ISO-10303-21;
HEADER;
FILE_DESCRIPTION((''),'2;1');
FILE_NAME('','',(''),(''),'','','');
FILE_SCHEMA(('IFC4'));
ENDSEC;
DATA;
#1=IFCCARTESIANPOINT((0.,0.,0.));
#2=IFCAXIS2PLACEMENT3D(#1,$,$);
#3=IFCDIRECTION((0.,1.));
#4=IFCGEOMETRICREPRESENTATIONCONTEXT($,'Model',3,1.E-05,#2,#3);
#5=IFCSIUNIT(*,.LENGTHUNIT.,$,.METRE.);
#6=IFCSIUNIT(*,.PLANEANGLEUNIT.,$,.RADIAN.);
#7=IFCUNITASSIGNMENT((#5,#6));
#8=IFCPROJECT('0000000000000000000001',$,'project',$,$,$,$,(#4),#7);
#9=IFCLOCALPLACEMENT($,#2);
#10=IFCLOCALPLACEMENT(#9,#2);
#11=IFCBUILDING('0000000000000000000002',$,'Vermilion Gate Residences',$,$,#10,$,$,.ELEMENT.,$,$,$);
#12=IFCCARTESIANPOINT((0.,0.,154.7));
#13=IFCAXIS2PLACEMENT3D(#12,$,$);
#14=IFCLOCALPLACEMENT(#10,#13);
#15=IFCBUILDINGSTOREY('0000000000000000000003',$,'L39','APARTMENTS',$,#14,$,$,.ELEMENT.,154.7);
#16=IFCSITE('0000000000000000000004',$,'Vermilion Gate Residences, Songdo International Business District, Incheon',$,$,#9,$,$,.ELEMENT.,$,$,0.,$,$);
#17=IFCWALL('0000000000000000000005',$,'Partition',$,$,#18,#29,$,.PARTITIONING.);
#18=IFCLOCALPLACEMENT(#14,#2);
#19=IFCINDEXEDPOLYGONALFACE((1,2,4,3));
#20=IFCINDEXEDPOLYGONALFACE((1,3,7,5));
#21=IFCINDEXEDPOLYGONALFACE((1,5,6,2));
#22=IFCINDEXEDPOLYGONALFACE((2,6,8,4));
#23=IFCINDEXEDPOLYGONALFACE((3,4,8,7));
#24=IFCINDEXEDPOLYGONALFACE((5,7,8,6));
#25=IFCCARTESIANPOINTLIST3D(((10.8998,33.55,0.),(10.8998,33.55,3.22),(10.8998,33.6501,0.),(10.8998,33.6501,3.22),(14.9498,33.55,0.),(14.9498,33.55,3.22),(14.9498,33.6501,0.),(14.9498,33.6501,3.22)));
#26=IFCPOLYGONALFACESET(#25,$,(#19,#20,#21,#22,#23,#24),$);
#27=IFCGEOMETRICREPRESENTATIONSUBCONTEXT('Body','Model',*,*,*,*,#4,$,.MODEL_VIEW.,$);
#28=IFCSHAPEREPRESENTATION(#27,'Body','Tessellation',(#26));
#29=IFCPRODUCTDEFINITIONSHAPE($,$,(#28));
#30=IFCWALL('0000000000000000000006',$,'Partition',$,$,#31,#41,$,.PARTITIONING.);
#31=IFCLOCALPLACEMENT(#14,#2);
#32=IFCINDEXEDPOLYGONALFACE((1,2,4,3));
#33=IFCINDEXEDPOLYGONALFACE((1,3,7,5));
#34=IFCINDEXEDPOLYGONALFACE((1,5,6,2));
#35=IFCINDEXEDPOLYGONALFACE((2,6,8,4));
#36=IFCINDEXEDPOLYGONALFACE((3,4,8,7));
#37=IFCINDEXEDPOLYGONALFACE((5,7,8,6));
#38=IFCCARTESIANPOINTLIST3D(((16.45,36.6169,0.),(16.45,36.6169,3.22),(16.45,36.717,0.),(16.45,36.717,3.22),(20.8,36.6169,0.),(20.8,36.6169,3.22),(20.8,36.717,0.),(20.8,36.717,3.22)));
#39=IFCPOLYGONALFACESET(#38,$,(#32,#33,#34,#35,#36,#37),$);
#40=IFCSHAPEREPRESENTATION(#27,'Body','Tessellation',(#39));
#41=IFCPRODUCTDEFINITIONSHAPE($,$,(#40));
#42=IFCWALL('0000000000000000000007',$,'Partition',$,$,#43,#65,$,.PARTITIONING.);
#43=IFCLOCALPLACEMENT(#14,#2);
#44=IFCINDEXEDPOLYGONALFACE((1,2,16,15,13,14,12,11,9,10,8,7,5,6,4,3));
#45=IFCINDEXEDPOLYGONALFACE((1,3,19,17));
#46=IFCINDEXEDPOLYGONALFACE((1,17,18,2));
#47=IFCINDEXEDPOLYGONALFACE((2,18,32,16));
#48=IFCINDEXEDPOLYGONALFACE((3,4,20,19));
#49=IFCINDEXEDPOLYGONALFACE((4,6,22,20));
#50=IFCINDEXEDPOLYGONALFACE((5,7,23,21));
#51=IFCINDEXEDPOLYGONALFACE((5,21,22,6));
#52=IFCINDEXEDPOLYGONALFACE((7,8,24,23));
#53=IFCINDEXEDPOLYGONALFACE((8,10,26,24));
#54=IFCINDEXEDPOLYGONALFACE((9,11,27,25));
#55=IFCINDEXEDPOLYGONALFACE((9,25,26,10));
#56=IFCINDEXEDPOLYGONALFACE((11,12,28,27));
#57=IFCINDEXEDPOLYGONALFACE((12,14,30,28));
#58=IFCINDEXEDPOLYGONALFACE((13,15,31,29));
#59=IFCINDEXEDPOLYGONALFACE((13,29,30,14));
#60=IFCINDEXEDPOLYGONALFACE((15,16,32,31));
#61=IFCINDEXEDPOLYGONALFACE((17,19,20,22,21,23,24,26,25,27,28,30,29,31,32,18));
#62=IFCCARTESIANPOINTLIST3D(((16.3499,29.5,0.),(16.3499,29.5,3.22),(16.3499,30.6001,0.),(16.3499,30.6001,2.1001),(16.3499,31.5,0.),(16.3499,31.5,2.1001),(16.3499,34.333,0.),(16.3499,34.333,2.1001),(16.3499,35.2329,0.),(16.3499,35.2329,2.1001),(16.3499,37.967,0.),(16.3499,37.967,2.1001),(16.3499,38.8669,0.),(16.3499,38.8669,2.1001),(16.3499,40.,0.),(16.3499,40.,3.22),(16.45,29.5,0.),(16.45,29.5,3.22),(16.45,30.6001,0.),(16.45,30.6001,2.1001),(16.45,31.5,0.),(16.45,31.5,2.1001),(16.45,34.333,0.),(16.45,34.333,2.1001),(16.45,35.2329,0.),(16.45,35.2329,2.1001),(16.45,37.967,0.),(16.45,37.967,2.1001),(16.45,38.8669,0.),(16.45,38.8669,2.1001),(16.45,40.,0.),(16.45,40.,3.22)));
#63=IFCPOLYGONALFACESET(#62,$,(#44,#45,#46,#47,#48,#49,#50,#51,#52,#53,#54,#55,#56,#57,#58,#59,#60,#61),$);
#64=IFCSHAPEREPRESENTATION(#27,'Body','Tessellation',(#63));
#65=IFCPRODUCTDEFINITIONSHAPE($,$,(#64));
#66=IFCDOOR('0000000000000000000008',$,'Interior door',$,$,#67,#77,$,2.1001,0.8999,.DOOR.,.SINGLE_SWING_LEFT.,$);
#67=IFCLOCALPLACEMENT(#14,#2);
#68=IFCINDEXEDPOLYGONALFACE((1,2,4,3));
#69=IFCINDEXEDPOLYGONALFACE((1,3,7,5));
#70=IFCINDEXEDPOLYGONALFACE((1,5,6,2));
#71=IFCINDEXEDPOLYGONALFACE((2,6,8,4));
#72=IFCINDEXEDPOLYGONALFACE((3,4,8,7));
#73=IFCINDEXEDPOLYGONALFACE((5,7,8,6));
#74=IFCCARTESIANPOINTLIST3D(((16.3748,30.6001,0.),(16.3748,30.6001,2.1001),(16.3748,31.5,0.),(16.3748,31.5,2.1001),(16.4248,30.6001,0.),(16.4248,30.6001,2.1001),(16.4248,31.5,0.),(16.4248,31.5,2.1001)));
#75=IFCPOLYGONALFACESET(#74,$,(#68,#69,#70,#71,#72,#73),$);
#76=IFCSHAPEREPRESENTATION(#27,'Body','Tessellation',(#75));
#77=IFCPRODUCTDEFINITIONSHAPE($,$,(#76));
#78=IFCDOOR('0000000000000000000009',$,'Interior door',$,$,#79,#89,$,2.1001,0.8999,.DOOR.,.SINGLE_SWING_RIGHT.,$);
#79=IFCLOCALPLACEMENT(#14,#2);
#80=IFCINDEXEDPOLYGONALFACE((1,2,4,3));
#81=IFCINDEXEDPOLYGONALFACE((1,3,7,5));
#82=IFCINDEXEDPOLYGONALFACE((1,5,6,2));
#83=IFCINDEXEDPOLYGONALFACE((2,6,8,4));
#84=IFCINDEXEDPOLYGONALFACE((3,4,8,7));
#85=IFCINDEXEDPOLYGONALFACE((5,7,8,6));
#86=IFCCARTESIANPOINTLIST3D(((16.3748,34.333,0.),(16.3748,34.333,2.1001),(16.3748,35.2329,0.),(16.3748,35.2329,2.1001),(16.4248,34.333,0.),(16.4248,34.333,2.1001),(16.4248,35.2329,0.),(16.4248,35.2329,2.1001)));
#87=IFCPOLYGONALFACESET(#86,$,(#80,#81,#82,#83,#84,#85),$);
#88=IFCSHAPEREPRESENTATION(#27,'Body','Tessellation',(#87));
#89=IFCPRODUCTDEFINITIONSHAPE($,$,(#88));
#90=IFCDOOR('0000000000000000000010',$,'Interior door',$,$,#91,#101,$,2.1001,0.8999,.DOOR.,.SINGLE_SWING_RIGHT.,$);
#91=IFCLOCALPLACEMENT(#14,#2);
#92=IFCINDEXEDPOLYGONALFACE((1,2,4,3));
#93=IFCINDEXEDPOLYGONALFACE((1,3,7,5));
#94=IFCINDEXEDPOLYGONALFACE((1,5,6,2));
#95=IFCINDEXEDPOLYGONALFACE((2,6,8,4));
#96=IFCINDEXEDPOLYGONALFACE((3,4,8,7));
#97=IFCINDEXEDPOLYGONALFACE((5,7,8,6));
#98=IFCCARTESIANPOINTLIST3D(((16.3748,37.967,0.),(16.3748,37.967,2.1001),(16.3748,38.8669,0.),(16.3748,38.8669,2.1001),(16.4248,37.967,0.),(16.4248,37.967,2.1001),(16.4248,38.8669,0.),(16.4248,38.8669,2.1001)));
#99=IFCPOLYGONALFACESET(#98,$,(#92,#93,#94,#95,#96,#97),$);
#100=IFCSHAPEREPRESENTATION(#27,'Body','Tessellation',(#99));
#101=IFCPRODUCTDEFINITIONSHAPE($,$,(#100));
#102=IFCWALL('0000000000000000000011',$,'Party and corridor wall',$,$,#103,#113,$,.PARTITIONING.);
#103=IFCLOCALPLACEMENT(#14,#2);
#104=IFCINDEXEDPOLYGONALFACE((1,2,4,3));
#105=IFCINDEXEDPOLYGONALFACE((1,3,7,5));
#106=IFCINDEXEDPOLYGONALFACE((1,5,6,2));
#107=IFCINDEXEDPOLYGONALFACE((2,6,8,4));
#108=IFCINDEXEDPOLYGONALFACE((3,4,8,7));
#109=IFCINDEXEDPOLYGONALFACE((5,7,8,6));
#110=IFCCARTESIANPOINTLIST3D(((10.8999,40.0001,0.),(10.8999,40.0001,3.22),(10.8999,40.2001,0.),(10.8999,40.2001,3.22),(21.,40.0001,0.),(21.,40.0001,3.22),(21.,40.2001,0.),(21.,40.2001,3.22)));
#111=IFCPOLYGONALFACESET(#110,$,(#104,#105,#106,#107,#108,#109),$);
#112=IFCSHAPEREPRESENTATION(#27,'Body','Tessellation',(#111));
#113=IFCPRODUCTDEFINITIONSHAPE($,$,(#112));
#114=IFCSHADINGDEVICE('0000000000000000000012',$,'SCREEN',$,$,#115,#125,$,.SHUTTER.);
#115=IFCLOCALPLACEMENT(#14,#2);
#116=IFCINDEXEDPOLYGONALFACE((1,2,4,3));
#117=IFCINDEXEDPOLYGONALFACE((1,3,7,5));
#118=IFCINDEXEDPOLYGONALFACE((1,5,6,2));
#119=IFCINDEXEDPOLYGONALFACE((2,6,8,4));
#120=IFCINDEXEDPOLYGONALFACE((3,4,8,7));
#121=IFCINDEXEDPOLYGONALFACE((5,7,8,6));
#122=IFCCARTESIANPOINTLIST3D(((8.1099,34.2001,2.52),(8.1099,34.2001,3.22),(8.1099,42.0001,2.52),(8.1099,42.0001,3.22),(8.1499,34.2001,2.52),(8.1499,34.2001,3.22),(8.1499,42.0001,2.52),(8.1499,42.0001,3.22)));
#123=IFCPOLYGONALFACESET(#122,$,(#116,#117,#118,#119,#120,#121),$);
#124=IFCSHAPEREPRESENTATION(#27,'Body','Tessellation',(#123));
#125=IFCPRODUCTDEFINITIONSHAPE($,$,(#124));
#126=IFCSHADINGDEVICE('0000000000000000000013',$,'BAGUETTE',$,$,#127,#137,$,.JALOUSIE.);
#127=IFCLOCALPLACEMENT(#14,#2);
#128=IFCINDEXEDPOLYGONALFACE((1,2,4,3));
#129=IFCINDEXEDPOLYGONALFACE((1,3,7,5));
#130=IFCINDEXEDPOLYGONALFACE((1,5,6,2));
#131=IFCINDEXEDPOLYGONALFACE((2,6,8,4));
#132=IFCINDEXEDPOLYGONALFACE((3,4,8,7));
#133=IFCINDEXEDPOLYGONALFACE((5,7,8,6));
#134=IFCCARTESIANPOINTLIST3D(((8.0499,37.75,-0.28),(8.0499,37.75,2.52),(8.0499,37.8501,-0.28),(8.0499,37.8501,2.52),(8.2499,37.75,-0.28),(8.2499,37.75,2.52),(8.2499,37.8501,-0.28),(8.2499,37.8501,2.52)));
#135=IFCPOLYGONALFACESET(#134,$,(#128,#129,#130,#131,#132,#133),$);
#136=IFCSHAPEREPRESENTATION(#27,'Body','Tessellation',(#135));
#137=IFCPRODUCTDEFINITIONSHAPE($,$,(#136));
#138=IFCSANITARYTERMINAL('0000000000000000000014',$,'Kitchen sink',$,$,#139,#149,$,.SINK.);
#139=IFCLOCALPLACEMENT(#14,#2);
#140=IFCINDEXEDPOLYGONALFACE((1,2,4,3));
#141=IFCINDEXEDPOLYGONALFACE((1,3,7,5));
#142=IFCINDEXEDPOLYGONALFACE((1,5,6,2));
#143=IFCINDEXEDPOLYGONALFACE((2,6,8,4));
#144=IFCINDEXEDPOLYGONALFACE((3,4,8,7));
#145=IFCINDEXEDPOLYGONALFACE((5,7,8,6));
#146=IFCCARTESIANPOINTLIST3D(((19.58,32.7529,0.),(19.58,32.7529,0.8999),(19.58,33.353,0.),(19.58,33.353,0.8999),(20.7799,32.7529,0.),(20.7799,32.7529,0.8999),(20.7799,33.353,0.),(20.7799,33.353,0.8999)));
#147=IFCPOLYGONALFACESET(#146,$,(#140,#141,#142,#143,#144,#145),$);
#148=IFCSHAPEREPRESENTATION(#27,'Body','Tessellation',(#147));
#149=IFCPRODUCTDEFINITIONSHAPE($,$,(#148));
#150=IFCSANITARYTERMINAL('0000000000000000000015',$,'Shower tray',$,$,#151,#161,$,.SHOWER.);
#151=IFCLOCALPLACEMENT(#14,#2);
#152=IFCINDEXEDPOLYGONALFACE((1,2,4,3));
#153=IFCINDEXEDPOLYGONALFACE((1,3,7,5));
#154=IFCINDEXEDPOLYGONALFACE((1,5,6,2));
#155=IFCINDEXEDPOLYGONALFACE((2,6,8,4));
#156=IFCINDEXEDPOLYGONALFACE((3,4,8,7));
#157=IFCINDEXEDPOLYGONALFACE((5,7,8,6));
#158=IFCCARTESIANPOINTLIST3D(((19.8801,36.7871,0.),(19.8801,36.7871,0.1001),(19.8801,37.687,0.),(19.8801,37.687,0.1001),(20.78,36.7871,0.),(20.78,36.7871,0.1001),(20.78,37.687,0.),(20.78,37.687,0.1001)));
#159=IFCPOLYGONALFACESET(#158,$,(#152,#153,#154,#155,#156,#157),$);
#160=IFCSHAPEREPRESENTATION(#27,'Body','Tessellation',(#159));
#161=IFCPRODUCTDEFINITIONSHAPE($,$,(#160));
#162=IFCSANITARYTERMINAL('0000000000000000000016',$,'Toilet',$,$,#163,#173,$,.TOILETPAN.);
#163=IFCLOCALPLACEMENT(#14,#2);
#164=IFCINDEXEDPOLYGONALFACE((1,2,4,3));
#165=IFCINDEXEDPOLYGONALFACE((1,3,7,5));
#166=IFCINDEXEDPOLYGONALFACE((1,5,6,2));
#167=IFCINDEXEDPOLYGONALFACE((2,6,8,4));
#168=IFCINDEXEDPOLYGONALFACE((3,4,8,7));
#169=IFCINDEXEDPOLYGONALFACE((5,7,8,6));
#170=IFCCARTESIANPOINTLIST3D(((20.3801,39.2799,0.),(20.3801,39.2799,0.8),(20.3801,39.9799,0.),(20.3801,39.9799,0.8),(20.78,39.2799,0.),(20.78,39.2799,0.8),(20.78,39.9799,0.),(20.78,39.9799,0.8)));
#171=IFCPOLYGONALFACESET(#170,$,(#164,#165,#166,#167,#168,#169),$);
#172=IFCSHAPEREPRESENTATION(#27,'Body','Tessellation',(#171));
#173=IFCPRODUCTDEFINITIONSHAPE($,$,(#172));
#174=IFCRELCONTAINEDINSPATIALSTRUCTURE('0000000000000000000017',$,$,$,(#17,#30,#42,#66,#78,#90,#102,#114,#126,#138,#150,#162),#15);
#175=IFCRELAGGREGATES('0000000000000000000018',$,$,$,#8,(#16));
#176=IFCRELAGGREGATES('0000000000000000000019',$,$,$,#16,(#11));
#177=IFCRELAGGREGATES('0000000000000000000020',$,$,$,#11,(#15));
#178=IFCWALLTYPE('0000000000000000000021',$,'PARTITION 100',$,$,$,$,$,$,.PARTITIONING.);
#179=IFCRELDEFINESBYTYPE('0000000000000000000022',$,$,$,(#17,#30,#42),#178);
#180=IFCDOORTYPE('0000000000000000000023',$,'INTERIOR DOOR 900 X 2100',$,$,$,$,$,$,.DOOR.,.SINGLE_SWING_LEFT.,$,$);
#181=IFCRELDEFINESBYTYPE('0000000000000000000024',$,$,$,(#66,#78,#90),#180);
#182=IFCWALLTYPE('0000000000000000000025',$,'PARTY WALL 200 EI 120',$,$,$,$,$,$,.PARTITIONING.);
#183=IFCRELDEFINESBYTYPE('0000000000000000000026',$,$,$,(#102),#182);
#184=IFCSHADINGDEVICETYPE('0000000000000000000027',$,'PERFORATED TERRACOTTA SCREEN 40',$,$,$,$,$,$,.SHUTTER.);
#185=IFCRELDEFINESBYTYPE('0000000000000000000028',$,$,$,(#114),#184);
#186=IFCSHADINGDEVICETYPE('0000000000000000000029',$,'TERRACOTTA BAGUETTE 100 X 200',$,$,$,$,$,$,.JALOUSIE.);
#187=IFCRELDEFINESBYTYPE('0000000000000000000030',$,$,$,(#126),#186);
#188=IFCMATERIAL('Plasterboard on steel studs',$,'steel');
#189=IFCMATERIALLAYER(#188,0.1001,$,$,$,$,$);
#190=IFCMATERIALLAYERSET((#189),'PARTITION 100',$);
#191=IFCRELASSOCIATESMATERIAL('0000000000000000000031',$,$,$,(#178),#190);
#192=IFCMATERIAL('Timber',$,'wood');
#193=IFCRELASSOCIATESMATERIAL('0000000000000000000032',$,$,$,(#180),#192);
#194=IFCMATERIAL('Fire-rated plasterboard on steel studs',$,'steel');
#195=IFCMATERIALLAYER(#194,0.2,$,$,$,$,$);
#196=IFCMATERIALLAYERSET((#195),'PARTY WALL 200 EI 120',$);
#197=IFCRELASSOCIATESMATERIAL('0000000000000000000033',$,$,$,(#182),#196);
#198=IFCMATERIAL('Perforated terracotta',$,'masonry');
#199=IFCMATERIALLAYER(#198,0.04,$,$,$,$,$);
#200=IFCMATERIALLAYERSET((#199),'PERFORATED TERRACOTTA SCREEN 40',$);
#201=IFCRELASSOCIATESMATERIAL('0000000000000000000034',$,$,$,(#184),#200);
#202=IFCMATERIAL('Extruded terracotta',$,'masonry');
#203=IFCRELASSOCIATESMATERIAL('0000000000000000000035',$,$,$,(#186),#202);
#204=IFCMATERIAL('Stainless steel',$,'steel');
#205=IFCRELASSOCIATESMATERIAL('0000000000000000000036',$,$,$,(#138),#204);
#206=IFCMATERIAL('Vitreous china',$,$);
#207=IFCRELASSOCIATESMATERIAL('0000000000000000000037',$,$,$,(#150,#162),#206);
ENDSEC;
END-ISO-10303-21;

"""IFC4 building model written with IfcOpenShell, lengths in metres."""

from ifc_helpers import new_model, si_unit, direction, frame, frame_2d, origin, origin_2d, place, context, subcontext, project, spatial, rectangle, extrude, material, layer, layer_set, material_profile, profile_set, type_object, element, fill, save


model = new_model("IFC4")

# Units and contexts
model_context = context("Model", 3, precision=1e-05, world=origin(), true_north=direction((0.0, 1.0)))
body_context = subcontext(model_context, "Body", "Model", "MODEL_VIEW")
ifc_project = project(units=[si_unit("LENGTHUNIT", "METRE"), si_unit("PLANEANGLEUNIT", "RADIAN")], contexts=[model_context])

# Site, building, storey
site_placement = place(None, origin())
site = spatial("IfcSite", under=ifc_project, at=site_placement, Name="Vermilion Gate Residences, Songdo International Business District, Incheon", CompositionType="ELEMENT", RefElevation=0.0)
building_placement = place(site_placement, origin())
building = spatial("IfcBuilding", under=site, at=building_placement, Name="Vermilion Gate Residences", CompositionType="ELEMENT")
storey_placement = place(building_placement, frame((0.0, 0.0, 154.7)))
storey = spatial("IfcBuildingStorey", under=building, at=storey_placement, Name="L39", Description="APARTMENTS", CompositionType="ELEMENT", Elevation=154.7)

# Walls
ifc_material_1 = material(Name="Plasterboard on steel studs", Category="steel")
ifc_layer_1 = layer(ifc_material_1, 0.1001)
ifc_layer_set_1 = layer_set([ifc_layer_1], Name="PARTITION 100")
wall_type_1 = type_object("IfcWallType", Name="PARTITION 100", PredefinedType="PARTITIONING", material=ifc_layer_set_1)
wall_1_placement = place(storey_placement, frame((10.8999, 33.6001, 0.0), z_axis=(0.0, 0.0, 1.0), x_axis=(1.0, 0.0, 0.0)))
element("IfcWall", 1, at=wall_1_placement, inside=storey, type_object=wall_type_1, Name="Partition", PredefinedType="PARTITIONING", context=body_context, shape_type="SweptSolid", body=[
    extrude(rectangle(XDim=4.05, YDim=0.1001, at=frame_2d((2.0249, 0.0))), origin(), (0.0, 0.0, 1.0), 3.22),
])
wall_2_placement = place(storey_placement, frame((16.45, 36.667, 0.0), z_axis=(0.0, 0.0, 1.0), x_axis=(1.0, 0.0, 0.0)))
element("IfcWall", 2, at=wall_2_placement, inside=storey, type_object=wall_type_1, Name="Partition", PredefinedType="PARTITIONING", context=body_context, shape_type="SweptSolid", body=[
    extrude(rectangle(XDim=4.3501, YDim=0.1001, at=frame_2d((2.175, 0.0))), origin(), (0.0, 0.0, 1.0), 3.22),
])

# Wall, openings, doors
wall_3_placement = place(storey_placement, frame((16.3999, 29.5, 0.0), z_axis=(0.0, 0.0, 1.0), x_axis=(0.0, 1.0, 0.0)))
wall_3 = element("IfcWall", 3, at=wall_3_placement, inside=storey, type_object=wall_type_1, Name="Partition", PredefinedType="PARTITIONING", context=body_context, shape_type="SweptSolid", body=[
    extrude(rectangle(XDim=10.5, YDim=0.1001, at=frame_2d((5.25, 0.0))), origin(), (0.0, 0.0, 1.0), 3.22),
])
opening_1_placement = place(wall_3_placement, frame((1.1001, 0.0, 0.0)))
opening_1 = element("IfcOpeningElement", 4, at=opening_1_placement, cuts=wall_3, PredefinedType="OPENING", context=body_context, shape_type="SweptSolid", body=[
    extrude(rectangle(XDim=0.8999, YDim=2.1001, at=frame_2d((0.45, 1.05))), frame((0.0, 0.0601, 0.0), z_axis=(0.0, -1.0, 0.0), x_axis=(1.0, 0.0, 0.0)), (0.0, 0.0, 1.0), 0.1201),
])
opening_2_placement = place(wall_3_placement, frame((4.833, 0.0, 0.0)))
opening_2 = element("IfcOpeningElement", 5, at=opening_2_placement, cuts=wall_3, PredefinedType="OPENING", context=body_context, shape_type="SweptSolid", body=[
    extrude(rectangle(XDim=0.8999, YDim=2.1001, at=frame_2d((0.45, 1.05))), frame((0.0, 0.0601, 0.0), z_axis=(0.0, -1.0, 0.0), x_axis=(1.0, 0.0, 0.0)), (0.0, 0.0, 1.0), 0.1201),
])
opening_3_placement = place(wall_3_placement, frame((8.467, 0.0, 0.0)))
opening_3 = element("IfcOpeningElement", 6, at=opening_3_placement, cuts=wall_3, PredefinedType="OPENING", context=body_context, shape_type="SweptSolid", body=[
    extrude(rectangle(XDim=0.8999, YDim=2.1001, at=frame_2d((0.45, 1.05))), frame((0.0, 0.0601, 0.0), z_axis=(0.0, -1.0, 0.0), x_axis=(1.0, 0.0, 0.0)), (0.0, 0.0, 1.0), 0.1201),
])
ifc_material_2 = material(Name="Timber", Category="wood")
door_type_1 = type_object("IfcDoorType", Name="INTERIOR DOOR 900 X 2100", OperationType="SINGLE_SWING_LEFT", PredefinedType="DOOR", material=ifc_material_2)
door_1_placement = place(opening_1_placement, frame((0.8999, 0.0, 0.0), z_axis=(0.0, 0.0, 1.0), x_axis=(-1.0, 0.0, 0.0)))
door_1 = element("IfcDoor", 7, at=door_1_placement, inside=storey, type_object=door_type_1, Name="Interior door", OperationType="SINGLE_SWING_LEFT", OverallHeight=2.1001, OverallWidth=0.8999, PredefinedType="DOOR", context=body_context, shape_type="SweptSolid", body=[
    extrude(rectangle(XDim=0.8999, YDim=2.1001, at=frame_2d((0.45, 1.05))), frame((0.0, 0.0249, 0.0), z_axis=(0.0, -1.0, 0.0), x_axis=(1.0, 0.0, 0.0)), (0.0, 0.0, 1.0), 0.05),
])
fill(opening_1, door_1)
door_2_placement = place(opening_2_placement, frame((0.8999, 0.0, 0.0), z_axis=(0.0, 0.0, 1.0), x_axis=(-1.0, 0.0, 0.0)))
door_2 = element("IfcDoor", 8, at=door_2_placement, inside=storey, type_object=door_type_1, Name="Interior door", OperationType="SINGLE_SWING_RIGHT", OverallHeight=2.1001, OverallWidth=0.8999, PredefinedType="DOOR", context=body_context, shape_type="SweptSolid", body=[
    extrude(rectangle(XDim=0.8999, YDim=2.1001, at=frame_2d((0.45, 1.05))), frame((0.0, 0.0249, 0.0), z_axis=(0.0, -1.0, 0.0), x_axis=(1.0, 0.0, 0.0)), (0.0, 0.0, 1.0), 0.05),
])
fill(opening_2, door_2)
door_3_placement = place(opening_3_placement, frame((0.8999, 0.0, 0.0), z_axis=(0.0, 0.0, 1.0), x_axis=(-1.0, 0.0, 0.0)))
door_3 = element("IfcDoor", 9, at=door_3_placement, inside=storey, type_object=door_type_1, Name="Interior door", OperationType="SINGLE_SWING_RIGHT", OverallHeight=2.1001, OverallWidth=0.8999, PredefinedType="DOOR", context=body_context, shape_type="SweptSolid", body=[
    extrude(rectangle(XDim=0.8999, YDim=2.1001, at=frame_2d((0.45, 1.05))), frame((0.0, 0.0249, 0.0), z_axis=(0.0, -1.0, 0.0), x_axis=(1.0, 0.0, 0.0)), (0.0, 0.0, 1.0), 0.05),
])
fill(opening_3, door_3)

# Wall
ifc_material_3 = material(Name="Fire-rated plasterboard on steel studs", Category="steel")
ifc_layer_2 = layer(ifc_material_3, 0.2)
ifc_layer_set_2 = layer_set([ifc_layer_2], Name="PARTY WALL 200 EI 120")
wall_type_2 = type_object("IfcWallType", Name="PARTY WALL 200 EI 120", PredefinedType="PARTITIONING", material=ifc_layer_set_2)
wall_4_placement = place(storey_placement, frame((10.8999, 40.1001, 0.0), z_axis=(0.0, 0.0, 1.0), x_axis=(1.0, 0.0, 0.0)))
element("IfcWall", 10, at=wall_4_placement, inside=storey, type_object=wall_type_2, Name="Party and corridor wall", PredefinedType="PARTITIONING", context=body_context, shape_type="SweptSolid", body=[
    extrude(rectangle(XDim=10.1001, YDim=0.2, at=frame_2d((5.05, 0.0))), origin(), (0.0, 0.0, 1.0), 3.22),
])

# Shading devices
ifc_material_4 = material(Name="Perforated terracotta", Category="masonry")
ifc_layer_3 = layer(ifc_material_4, 0.04)
ifc_layer_set_3 = layer_set([ifc_layer_3], Name="PERFORATED TERRACOTTA SCREEN 40")
shading_device_type_1 = type_object("IfcShadingDeviceType", Name="PERFORATED TERRACOTTA SCREEN 40", PredefinedType="SHUTTER", material=ifc_layer_set_3)
shading_device_1_placement = place(storey_placement, frame((8.1299, 38.1001, 2.52), z_axis=(0.0, 0.0, 1.0), x_axis=(0.0, -1.0, 0.0)))
element("IfcShadingDevice", 11, at=shading_device_1_placement, inside=storey, type_object=shading_device_type_1, Name="SCREEN", PredefinedType="SHUTTER", context=body_context, shape_type="SweptSolid", body=[
    extrude(rectangle(XDim=7.8, YDim=0.04, at=origin_2d()), origin(), (0.0, 0.0, 1.0), 0.7),
])
ifc_material_5 = material(Name="Extruded terracotta", Category="masonry")
ifc_material_profile_1 = material_profile(ifc_material_5, rectangle(XDim=0.2, YDim=0.1001, at=origin_2d()), Name="BAGUETTE 100 X 200")
ifc_profile_set_1 = profile_set([ifc_material_profile_1], Name="Extruded terracotta")
shading_device_type_2 = type_object("IfcShadingDeviceType", Name="TERRACOTTA BAGUETTE 100 X 200", PredefinedType="JALOUSIE", material=ifc_profile_set_1)
shading_device_2_placement = place(storey_placement, frame((8.1499, 37.8, -0.28), z_axis=(0.0, 0.0, 1.0), x_axis=(1.0, 0.0, 0.0)))
element("IfcShadingDevice", 12, at=shading_device_2_placement, inside=storey, type_object=shading_device_type_2, Name="BAGUETTE", PredefinedType="JALOUSIE", context=body_context, shape_type="SweptSolid", body=[
    extrude(rectangle(XDim=0.2, YDim=0.1001, at=origin_2d()), origin(), (0.0, 0.0, 1.0), 2.8),
])

# Sanitary terminals
ifc_material_6 = material(Name="Stainless steel", Category="steel")
sanitary_terminal_1_placement = place(storey_placement, frame((20.1799, 33.053, 0.0), z_axis=(0.0, 0.0, 1.0), x_axis=(1.0, 0.0, 0.0)))
element("IfcSanitaryTerminal", 13, at=sanitary_terminal_1_placement, inside=storey, material=ifc_material_6, Name="Kitchen sink", PredefinedType="SINK", context=body_context, shape_type="SweptSolid", body=[
    extrude(rectangle(XDim=1.2, YDim=0.6001, at=origin_2d()), origin(), (0.0, 0.0, 1.0), 0.8999),
])
ifc_material_7 = material(Name="Vitreous china")
sanitary_terminal_2_placement = place(storey_placement, frame((20.3301, 37.2371, 0.0), z_axis=(0.0, 0.0, 1.0), x_axis=(1.0, 0.0, 0.0)))
element("IfcSanitaryTerminal", 14, at=sanitary_terminal_2_placement, inside=storey, material=ifc_material_7, Name="Shower tray", PredefinedType="SHOWER", context=body_context, shape_type="SweptSolid", body=[
    extrude(rectangle(XDim=0.8999, YDim=0.8999, at=origin_2d()), origin(), (0.0, 0.0, 1.0), 0.1001),
])
sanitary_terminal_3_placement = place(storey_placement, frame((20.5801, 39.6299, 0.0), z_axis=(0.0, 0.0, 1.0), x_axis=(1.0, 0.0, 0.0)))
element("IfcSanitaryTerminal", 15, at=sanitary_terminal_3_placement, inside=storey, material=ifc_material_7, Name="Toilet", PredefinedType="TOILETPAN", context=body_context, shape_type="SweptSolid", body=[
    extrude(rectangle(XDim=0.3999, YDim=0.7, at=origin_2d()), origin(), (0.0, 0.0, 1.0), 0.8),
])

save(model, "model.ifc")
